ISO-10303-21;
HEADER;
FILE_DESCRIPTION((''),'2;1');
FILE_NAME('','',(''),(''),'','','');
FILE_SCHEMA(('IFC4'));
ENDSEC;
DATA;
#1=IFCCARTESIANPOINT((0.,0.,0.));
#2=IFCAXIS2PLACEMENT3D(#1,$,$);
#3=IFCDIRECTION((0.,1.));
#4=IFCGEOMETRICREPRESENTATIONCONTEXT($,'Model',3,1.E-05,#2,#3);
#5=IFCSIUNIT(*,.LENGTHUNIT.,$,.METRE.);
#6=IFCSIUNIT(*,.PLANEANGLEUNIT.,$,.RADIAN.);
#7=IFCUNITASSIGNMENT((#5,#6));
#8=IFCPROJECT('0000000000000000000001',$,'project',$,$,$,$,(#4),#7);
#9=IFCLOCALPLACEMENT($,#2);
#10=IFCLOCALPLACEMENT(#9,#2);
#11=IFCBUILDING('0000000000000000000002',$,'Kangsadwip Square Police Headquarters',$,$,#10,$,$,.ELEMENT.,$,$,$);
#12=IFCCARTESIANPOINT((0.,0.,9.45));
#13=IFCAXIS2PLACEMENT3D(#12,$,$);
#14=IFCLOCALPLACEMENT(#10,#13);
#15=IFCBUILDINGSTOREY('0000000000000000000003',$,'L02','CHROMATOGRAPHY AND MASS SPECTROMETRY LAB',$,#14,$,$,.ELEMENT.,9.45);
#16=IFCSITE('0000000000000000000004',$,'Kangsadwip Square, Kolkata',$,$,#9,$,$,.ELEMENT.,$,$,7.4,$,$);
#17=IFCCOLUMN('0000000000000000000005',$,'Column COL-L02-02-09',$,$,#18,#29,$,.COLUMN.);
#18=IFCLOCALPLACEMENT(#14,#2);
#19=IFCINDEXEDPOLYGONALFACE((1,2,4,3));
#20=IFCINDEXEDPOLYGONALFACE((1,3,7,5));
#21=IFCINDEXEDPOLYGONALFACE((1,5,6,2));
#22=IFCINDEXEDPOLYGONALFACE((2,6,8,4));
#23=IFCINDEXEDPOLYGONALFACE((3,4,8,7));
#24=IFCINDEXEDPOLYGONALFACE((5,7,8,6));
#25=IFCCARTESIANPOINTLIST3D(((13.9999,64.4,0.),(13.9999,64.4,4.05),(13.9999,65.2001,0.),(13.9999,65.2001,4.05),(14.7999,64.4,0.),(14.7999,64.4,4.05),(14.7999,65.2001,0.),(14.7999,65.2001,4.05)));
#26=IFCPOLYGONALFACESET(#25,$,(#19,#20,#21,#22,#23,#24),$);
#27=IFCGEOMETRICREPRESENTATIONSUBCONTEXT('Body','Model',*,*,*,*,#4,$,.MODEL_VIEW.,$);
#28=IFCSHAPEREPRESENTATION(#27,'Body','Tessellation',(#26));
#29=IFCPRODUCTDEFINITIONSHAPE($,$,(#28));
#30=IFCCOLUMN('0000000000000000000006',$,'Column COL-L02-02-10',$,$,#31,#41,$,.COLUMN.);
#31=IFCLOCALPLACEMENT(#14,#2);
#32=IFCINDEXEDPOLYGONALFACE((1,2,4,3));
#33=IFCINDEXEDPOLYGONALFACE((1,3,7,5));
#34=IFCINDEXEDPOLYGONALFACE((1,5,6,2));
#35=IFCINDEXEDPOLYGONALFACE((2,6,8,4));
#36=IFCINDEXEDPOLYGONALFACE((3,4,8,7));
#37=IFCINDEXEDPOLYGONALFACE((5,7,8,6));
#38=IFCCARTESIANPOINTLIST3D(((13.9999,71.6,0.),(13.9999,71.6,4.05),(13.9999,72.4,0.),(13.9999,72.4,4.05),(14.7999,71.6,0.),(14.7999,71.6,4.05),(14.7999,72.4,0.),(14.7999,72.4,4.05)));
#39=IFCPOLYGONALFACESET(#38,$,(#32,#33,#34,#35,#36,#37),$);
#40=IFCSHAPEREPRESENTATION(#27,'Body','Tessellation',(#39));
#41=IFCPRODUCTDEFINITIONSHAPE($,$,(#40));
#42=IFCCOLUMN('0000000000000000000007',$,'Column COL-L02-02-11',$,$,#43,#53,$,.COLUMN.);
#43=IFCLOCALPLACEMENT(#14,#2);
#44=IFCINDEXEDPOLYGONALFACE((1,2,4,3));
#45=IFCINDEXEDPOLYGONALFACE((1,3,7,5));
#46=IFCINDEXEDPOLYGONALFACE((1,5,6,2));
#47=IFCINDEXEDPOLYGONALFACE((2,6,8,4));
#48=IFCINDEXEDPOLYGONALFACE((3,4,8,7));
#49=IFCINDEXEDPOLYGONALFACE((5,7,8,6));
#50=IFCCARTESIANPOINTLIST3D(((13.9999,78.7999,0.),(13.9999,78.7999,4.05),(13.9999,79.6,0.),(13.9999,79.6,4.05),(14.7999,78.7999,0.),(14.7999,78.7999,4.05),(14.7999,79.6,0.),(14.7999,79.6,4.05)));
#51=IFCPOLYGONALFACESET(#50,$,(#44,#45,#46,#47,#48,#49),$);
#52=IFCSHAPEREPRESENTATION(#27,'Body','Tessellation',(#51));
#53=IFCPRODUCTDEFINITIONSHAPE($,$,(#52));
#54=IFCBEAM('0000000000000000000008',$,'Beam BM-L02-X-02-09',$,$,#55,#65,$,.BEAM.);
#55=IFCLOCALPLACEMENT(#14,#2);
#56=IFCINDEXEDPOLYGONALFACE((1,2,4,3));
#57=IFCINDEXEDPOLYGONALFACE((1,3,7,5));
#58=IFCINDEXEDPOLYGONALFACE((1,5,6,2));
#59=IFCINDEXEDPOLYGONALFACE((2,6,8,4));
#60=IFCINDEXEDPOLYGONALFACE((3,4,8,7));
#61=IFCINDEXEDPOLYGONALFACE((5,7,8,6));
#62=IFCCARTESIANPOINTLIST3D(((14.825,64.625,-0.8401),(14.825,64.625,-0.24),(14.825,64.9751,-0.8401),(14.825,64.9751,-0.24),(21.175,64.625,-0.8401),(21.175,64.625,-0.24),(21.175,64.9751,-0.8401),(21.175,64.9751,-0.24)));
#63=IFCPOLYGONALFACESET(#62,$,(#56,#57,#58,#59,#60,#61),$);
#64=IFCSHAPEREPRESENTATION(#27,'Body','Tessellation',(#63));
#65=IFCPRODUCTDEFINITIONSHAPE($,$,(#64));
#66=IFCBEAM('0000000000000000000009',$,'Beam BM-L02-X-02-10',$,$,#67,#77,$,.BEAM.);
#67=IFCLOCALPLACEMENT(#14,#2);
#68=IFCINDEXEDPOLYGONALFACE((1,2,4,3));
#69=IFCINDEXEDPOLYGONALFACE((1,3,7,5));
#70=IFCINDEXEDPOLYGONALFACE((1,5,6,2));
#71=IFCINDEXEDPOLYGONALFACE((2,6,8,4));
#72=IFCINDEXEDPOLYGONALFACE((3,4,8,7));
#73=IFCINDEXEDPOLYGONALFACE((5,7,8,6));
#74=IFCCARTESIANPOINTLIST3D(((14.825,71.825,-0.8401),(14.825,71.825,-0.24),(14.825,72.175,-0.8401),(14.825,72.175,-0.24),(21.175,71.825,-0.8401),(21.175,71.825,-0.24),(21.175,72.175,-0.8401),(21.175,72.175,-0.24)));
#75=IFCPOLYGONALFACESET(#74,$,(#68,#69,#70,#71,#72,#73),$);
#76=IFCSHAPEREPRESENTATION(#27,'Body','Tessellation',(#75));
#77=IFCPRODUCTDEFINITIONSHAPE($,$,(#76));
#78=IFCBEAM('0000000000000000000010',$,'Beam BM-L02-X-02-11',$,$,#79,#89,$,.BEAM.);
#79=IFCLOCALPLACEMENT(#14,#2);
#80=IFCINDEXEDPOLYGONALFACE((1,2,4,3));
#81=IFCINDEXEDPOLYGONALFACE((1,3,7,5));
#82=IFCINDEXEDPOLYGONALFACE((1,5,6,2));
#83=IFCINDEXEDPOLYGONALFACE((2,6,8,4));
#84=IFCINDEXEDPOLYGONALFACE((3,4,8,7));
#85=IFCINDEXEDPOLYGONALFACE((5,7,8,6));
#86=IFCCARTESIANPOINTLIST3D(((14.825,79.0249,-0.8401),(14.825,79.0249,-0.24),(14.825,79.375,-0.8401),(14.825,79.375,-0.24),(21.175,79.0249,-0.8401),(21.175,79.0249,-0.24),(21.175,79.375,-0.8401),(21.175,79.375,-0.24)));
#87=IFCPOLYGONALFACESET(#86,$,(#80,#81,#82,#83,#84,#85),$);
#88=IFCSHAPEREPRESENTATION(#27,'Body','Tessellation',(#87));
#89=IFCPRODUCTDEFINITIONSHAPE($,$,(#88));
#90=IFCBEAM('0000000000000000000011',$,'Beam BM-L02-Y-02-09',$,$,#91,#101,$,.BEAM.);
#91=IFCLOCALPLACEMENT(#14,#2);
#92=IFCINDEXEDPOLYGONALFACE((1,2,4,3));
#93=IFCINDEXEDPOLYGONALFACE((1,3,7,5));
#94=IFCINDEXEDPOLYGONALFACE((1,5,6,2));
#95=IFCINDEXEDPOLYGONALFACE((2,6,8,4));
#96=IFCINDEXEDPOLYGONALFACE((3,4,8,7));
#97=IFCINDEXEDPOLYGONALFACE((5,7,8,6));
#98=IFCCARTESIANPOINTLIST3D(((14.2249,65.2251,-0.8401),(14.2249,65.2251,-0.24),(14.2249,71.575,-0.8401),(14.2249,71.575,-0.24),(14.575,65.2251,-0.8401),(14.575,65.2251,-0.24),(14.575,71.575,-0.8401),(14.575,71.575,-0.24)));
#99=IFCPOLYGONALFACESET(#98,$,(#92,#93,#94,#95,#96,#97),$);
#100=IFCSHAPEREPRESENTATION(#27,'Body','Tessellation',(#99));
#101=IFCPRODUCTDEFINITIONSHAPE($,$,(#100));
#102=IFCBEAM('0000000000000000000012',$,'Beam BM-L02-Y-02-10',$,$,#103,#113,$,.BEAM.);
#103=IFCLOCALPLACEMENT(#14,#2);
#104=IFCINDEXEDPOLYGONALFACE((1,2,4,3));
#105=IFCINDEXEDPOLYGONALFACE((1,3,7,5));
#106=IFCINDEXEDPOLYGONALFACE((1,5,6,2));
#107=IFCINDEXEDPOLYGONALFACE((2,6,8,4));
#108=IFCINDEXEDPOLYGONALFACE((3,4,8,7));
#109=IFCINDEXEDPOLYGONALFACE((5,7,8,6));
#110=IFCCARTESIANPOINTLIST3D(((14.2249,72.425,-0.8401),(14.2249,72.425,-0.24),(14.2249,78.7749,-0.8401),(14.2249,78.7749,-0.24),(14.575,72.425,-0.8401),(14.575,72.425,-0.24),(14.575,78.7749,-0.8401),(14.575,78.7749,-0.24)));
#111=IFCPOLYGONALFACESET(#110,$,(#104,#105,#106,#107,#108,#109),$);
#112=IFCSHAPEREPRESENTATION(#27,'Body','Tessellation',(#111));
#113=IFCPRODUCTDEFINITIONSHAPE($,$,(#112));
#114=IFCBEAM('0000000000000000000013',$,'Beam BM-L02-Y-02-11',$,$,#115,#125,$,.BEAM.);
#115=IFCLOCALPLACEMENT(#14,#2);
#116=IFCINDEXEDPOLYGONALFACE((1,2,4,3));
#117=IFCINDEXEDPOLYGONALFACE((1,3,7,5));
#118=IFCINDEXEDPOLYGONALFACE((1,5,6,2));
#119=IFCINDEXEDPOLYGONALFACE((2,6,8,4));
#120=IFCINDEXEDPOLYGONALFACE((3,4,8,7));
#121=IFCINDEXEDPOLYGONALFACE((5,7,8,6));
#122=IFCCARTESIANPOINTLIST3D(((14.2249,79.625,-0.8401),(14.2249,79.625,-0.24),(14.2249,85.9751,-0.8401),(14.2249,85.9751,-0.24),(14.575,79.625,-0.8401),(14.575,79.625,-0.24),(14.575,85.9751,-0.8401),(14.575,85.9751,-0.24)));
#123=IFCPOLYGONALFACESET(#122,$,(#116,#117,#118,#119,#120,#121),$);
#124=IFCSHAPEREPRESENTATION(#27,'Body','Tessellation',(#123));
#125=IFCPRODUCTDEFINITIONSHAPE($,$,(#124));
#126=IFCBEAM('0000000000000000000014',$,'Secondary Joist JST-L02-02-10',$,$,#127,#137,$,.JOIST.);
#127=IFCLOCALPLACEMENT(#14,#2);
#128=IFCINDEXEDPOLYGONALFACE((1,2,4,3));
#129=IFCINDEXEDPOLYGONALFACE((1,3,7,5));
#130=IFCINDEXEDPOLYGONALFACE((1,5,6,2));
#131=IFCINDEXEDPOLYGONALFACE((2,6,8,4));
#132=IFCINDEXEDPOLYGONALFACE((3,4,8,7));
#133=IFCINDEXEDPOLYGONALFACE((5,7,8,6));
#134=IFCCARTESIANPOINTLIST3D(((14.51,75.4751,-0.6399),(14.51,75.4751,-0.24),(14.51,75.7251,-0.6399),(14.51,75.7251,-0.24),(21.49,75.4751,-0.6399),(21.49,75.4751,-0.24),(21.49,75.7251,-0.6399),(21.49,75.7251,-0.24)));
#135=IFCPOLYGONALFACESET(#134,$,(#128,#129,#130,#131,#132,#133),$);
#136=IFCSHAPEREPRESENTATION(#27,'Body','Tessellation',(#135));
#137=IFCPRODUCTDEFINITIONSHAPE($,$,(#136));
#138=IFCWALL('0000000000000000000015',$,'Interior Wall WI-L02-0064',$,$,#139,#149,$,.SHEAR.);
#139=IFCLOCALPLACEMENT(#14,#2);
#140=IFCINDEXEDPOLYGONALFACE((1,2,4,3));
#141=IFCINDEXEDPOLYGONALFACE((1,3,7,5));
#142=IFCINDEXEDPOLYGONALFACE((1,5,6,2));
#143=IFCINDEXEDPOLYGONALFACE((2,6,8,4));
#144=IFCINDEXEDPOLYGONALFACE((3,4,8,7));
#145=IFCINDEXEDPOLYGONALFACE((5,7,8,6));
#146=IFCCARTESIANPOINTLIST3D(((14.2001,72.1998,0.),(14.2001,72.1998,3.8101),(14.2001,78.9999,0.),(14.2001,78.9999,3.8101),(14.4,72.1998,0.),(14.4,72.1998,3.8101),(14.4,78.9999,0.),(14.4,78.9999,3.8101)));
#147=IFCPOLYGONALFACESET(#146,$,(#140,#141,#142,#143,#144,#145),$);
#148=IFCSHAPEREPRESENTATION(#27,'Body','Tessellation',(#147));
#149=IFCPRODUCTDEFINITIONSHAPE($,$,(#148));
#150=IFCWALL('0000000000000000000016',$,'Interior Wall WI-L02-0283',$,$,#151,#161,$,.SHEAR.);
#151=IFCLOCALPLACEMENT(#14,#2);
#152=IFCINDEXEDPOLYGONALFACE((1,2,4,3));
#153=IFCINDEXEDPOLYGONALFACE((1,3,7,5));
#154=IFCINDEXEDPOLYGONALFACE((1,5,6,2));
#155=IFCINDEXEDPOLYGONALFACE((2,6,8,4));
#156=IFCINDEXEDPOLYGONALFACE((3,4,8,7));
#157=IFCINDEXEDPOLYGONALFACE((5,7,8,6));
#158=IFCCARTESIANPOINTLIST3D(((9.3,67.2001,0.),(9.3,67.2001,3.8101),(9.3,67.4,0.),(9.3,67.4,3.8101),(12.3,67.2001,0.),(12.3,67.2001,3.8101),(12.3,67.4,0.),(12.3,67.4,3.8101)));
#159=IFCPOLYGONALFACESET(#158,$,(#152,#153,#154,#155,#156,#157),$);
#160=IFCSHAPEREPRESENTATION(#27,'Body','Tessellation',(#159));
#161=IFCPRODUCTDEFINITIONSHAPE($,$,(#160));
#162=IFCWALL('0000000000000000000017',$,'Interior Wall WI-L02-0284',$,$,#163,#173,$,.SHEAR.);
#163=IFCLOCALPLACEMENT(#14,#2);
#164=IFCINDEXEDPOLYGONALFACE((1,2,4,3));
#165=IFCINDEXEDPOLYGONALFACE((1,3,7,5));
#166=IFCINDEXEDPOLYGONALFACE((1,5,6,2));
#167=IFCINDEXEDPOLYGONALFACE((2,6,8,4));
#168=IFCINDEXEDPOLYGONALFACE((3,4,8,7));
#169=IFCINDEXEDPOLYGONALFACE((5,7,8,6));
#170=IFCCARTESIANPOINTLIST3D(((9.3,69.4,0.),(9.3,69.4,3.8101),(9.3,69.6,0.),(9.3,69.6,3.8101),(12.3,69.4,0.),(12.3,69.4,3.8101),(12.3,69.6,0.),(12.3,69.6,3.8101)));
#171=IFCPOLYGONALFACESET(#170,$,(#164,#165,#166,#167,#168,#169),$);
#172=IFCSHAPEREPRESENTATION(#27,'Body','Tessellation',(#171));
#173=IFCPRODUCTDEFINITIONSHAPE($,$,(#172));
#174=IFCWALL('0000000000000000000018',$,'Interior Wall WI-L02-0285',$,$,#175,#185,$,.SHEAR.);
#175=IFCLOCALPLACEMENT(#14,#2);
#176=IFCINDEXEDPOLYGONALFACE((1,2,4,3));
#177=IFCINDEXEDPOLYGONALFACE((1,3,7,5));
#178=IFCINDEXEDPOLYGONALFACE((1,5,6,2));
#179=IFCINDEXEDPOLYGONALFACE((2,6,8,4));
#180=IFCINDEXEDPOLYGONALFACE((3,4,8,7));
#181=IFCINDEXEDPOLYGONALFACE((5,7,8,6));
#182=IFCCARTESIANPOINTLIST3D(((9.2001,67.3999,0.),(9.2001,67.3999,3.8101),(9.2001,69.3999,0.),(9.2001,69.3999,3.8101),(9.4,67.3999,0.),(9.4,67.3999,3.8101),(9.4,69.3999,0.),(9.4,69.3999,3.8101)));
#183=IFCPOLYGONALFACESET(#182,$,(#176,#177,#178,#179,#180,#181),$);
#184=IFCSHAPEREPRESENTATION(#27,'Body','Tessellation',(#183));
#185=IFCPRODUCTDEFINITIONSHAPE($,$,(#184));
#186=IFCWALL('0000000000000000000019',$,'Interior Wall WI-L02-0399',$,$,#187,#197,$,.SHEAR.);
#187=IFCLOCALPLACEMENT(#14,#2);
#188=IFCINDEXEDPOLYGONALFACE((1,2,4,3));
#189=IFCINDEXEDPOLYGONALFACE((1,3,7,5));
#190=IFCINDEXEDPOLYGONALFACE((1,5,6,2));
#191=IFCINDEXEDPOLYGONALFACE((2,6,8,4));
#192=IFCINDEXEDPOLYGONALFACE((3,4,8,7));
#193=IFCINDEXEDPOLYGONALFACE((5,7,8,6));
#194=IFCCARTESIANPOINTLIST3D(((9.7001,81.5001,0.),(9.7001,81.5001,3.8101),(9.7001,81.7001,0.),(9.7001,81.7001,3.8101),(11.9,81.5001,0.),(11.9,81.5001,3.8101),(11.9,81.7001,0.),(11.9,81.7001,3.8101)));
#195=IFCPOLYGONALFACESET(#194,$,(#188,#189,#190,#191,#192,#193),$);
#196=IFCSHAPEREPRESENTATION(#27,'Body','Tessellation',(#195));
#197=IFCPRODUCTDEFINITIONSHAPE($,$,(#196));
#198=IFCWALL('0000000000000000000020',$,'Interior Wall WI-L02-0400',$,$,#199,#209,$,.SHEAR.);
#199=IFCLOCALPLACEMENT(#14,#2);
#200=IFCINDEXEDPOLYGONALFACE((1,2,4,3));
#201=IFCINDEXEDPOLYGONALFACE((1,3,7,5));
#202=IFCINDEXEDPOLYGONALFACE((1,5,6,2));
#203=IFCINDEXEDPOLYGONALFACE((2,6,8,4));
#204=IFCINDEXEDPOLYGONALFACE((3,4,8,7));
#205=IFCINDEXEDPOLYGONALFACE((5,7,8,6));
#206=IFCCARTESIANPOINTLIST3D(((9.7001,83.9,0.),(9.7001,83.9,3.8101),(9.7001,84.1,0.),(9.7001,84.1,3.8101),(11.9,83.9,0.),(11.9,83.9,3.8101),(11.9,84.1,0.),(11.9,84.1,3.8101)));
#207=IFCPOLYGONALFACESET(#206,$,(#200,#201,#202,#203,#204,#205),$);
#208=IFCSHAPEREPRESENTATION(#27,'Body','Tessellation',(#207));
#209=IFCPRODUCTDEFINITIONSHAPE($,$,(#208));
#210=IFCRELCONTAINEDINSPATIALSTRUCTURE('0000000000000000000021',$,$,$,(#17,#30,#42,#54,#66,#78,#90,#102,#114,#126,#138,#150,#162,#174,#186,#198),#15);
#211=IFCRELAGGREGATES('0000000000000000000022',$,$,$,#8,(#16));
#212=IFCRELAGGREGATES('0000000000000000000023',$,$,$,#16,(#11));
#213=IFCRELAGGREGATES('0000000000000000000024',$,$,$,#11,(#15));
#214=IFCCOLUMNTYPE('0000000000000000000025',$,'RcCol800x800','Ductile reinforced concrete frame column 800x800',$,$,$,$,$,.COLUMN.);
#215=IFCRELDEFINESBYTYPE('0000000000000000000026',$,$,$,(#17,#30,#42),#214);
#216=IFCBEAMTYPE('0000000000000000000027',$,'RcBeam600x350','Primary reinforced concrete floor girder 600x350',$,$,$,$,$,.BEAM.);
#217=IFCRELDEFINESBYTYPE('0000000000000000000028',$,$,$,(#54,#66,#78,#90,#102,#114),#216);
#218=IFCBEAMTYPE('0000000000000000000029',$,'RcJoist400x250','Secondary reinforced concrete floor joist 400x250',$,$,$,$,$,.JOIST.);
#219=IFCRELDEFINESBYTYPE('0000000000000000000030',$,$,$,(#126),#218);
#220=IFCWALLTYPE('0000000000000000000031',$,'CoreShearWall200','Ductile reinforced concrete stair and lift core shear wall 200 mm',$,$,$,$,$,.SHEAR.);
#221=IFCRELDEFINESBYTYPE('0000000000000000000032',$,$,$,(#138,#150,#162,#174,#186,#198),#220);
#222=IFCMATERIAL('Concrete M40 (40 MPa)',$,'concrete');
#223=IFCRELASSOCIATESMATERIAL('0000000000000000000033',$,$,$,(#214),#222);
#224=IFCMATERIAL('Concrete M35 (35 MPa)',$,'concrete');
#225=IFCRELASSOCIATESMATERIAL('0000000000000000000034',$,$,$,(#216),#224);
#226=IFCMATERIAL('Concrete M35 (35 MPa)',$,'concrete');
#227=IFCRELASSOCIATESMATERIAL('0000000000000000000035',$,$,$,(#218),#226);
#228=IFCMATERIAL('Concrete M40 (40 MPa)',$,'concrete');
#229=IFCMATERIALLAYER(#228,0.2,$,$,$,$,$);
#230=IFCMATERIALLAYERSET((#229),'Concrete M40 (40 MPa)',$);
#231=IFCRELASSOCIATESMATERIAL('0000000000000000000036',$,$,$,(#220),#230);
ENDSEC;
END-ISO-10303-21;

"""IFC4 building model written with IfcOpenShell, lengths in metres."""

from ifc_helpers import new_model, si_unit, direction, frame, frame_2d, origin, origin_2d, place, context, subcontext, project, spatial, rectangle, extrude, material, layer, layer_set, material_profile, profile_set, type_object, element, save


model = new_model("IFC4")

# Units and contexts
model_context = context("Model", 3, precision=1e-05, world=origin(), true_north=direction((0.0, 1.0)))
body_context = subcontext(model_context, "Body", "Model", "MODEL_VIEW")
ifc_project = project(units=[si_unit("LENGTHUNIT", "METRE"), si_unit("PLANEANGLEUNIT", "RADIAN")], contexts=[model_context])

# Site, building, storey
site_placement = place(None, origin())
site = spatial("IfcSite", under=ifc_project, at=site_placement, Name="Kangsadwip Square, Kolkata", CompositionType="ELEMENT", RefElevation=7.4)
building_placement = place(site_placement, origin())
building = spatial("IfcBuilding", under=site, at=building_placement, Name="Kangsadwip Square Police Headquarters", CompositionType="ELEMENT")
storey_placement = place(building_placement, frame((0.0, 0.0, 9.45)))
storey = spatial("IfcBuildingStorey", under=building, at=storey_placement, Name="L02", Description="CHROMATOGRAPHY AND MASS SPECTROMETRY LAB", CompositionType="ELEMENT", Elevation=9.45)

# Columns
ifc_material_1 = material(Name="Concrete M40 (40 MPa)", Category="concrete")
ifc_material_profile_1 = material_profile(ifc_material_1, rectangle(XDim=0.8, YDim=0.8, at=origin_2d()), Name="RC COL 800X800")
ifc_profile_set_1 = profile_set([ifc_material_profile_1], Name="Concrete M40 (40 MPa)")
column_type = type_object("IfcColumnType", Name="RcCol800x800", Description="Ductile reinforced concrete frame column 800x800", PredefinedType="COLUMN", material=ifc_profile_set_1)
for number, where, z_axis, x_axis, name in (
    (1, (14.3999, 64.8, 0.0), (0.0, 0.0, 1.0), (1.0, 0.0, 0.0), "Column COL-L02-02-09"),
    (2, (14.3999, 72.0, 0.0), (0.0, 0.0, 1.0), (1.0, 0.0, 0.0), "Column COL-L02-02-10"),
    (3, (14.3999, 79.2, 0.0), (0.0, 0.0, 1.0), (1.0, 0.0, 0.0), "Column COL-L02-02-11"),
):
    element("IfcColumn", number, at=place(storey_placement, frame(where, z_axis=z_axis, x_axis=x_axis)), inside=storey, type_object=column_type, Name=name, PredefinedType="COLUMN", context=body_context, shape_type="SweptSolid", body=[
        extrude(rectangle(XDim=0.8, YDim=0.8, at=origin_2d()), origin(), (0.0, 0.0, 1.0), 4.05),
    ])

# Beams
ifc_material_2 = material(Name="Concrete M35 (35 MPa)", Category="concrete")
ifc_material_profile_2 = material_profile(ifc_material_2, rectangle(XDim=0.3501, YDim=0.6001, at=origin_2d()), Name="RC BM 600X350")
ifc_profile_set_2 = profile_set([ifc_material_profile_2], Name="Concrete M35 (35 MPa)")
beam_type_1 = type_object("IfcBeamType", Name="RcBeam600x350", Description="Primary reinforced concrete floor girder 600x350", PredefinedType="BEAM", material=ifc_profile_set_2)
for number, where, z_axis, x_axis, name in (
    (4, (14.825, 64.8, -0.54), (1.0, 0.0, 0.0), (0.0, 1.0, 0.0), "Beam BM-L02-X-02-09"),
    (5, (14.825, 72.0, -0.54), (1.0, 0.0, 0.0), (0.0, 1.0, 0.0), "Beam BM-L02-X-02-10"),
    (6, (14.825, 79.2, -0.54), (1.0, 0.0, 0.0), (0.0, 1.0, 0.0), "Beam BM-L02-X-02-11"),
):
    element("IfcBeam", number, at=place(storey_placement, frame(where, z_axis=z_axis, x_axis=x_axis)), inside=storey, type_object=beam_type_1, Name=name, PredefinedType="BEAM", context=body_context, shape_type="SweptSolid", body=[
        extrude(rectangle(XDim=0.3501, YDim=0.6001, at=origin_2d()), origin(), (0.0, 0.0, 1.0), 6.3501),
    ])
for number, where, z_axis, x_axis, name in (
    (7, (14.3999, 65.2251, -0.54), (0.0, 1.0, 0.0), (-1.0, 0.0, 0.0), "Beam BM-L02-Y-02-09"),
    (8, (14.3999, 72.425, -0.54), (0.0, 1.0, 0.0), (-1.0, 0.0, 0.0), "Beam BM-L02-Y-02-10"),
):
    element("IfcBeam", number, at=place(storey_placement, frame(where, z_axis=z_axis, x_axis=x_axis)), inside=storey, type_object=beam_type_1, Name=name, PredefinedType="BEAM", context=body_context, shape_type="SweptSolid", body=[
        extrude(rectangle(XDim=0.3501, YDim=0.6001, at=origin_2d()), origin(), (0.0, 0.0, 1.0), 6.3499),
    ])
beam_1_placement = place(storey_placement, frame((14.3999, 79.625, -0.54), z_axis=(0.0, 1.0, 0.0), x_axis=(-1.0, 0.0, 0.0)))
element("IfcBeam", 9, at=beam_1_placement, inside=storey, type_object=beam_type_1, Name="Beam BM-L02-Y-02-11", PredefinedType="BEAM", context=body_context, shape_type="SweptSolid", body=[
    extrude(rectangle(XDim=0.3501, YDim=0.6001, at=origin_2d()), origin(), (0.0, 0.0, 1.0), 6.3501),
])
ifc_material_3 = material(Name="Concrete M35 (35 MPa)", Category="concrete")
ifc_material_profile_3 = material_profile(ifc_material_3, rectangle(XDim=0.25, YDim=0.3999, at=origin_2d()), Name="RC JST 400X250")
ifc_profile_set_3 = profile_set([ifc_material_profile_3], Name="Concrete M35 (35 MPa)")
beam_type_2 = type_object("IfcBeamType", Name="RcJoist400x250", Description="Secondary reinforced concrete floor joist 400x250", PredefinedType="JOIST", material=ifc_profile_set_3)
beam_2_placement = place(storey_placement, frame((14.51, 75.6001, -0.4399), z_axis=(1.0, 0.0, 0.0), x_axis=(0.0, 1.0, 0.0)))
element("IfcBeam", 10, at=beam_2_placement, inside=storey, type_object=beam_type_2, Name="Secondary Joist JST-L02-02-10", PredefinedType="JOIST", context=body_context, shape_type="SweptSolid", body=[
    extrude(rectangle(XDim=0.25, YDim=0.3999, at=origin_2d()), origin(), (0.0, 0.0, 1.0), 6.98),
])

# Walls
ifc_material_4 = material(Name="Concrete M40 (40 MPa)", Category="concrete")
ifc_layer_1 = layer(ifc_material_4, 0.2)
ifc_layer_set_1 = layer_set([ifc_layer_1], Name="Concrete M40 (40 MPa)")
wall_type_1 = type_object("IfcWallType", Name="CoreShearWall200", Description="Ductile reinforced concrete stair and lift core shear wall 200 mm", PredefinedType="SHEAR", material=ifc_layer_set_1)
wall_1_placement = place(storey_placement, frame((14.3, 72.2, 0.0), z_axis=(0.0, 0.0, 1.0), x_axis=(0.0, 1.0, 0.0)))
element("IfcWall", 11, at=wall_1_placement, inside=storey, type_object=wall_type_1, Name="Interior Wall WI-L02-0064", PredefinedType="SHEAR", context=body_context, shape_type="SweptSolid", body=[
    extrude(rectangle(XDim=6.8, YDim=0.2, at=frame_2d((3.3999, 0.0))), origin(), (0.0, 0.0, 1.0), 3.8101),
])
for number, where, z_axis, x_axis, name in (
    (12, (9.3, 67.3, 0.0), (0.0, 0.0, 1.0), (1.0, 0.0, 0.0), "Interior Wall WI-L02-0283"),
    (13, (9.3, 69.5, 0.0), (0.0, 0.0, 1.0), (1.0, 0.0, 0.0), "Interior Wall WI-L02-0284"),
):
    element("IfcWall", number, at=place(storey_placement, frame(where, z_axis=z_axis, x_axis=x_axis)), inside=storey, type_object=wall_type_1, Name=name, PredefinedType="SHEAR", context=body_context, shape_type="SweptSolid", body=[
        extrude(rectangle(XDim=3.0, YDim=0.2, at=frame_2d((1.5, 0.0))), origin(), (0.0, 0.0, 1.0), 3.8101),
    ])
wall_2_placement = place(storey_placement, frame((9.3, 67.3999, 0.0), z_axis=(0.0, 0.0, 1.0), x_axis=(0.0, 1.0, 0.0)))
element("IfcWall", 14, at=wall_2_placement, inside=storey, type_object=wall_type_1, Name="Interior Wall WI-L02-0285", PredefinedType="SHEAR", context=body_context, shape_type="SweptSolid", body=[
    extrude(rectangle(XDim=2.0, YDim=0.2, at=frame_2d((1.0, 0.0))), origin(), (0.0, 0.0, 1.0), 3.8101),
])

# Walls
for number, where, z_axis, x_axis, name in (
    (15, (9.7, 81.6001, 0.0), (0.0, 0.0, 1.0), (1.0, 0.0, 0.0), "Interior Wall WI-L02-0399"),
    (16, (9.7, 84.0, 0.0), (0.0, 0.0, 1.0), (1.0, 0.0, 0.0), "Interior Wall WI-L02-0400"),
):
    element("IfcWall", number, at=place(storey_placement, frame(where, z_axis=z_axis, x_axis=x_axis)), inside=storey, type_object=wall_type_1, Name=name, PredefinedType="SHEAR", context=body_context, shape_type="SweptSolid", body=[
        extrude(rectangle(XDim=2.2, YDim=0.2, at=frame_2d((1.1001, 0.0))), origin(), (0.0, 0.0, 1.0), 3.8101),
    ])

save(model, "model.ifc")
